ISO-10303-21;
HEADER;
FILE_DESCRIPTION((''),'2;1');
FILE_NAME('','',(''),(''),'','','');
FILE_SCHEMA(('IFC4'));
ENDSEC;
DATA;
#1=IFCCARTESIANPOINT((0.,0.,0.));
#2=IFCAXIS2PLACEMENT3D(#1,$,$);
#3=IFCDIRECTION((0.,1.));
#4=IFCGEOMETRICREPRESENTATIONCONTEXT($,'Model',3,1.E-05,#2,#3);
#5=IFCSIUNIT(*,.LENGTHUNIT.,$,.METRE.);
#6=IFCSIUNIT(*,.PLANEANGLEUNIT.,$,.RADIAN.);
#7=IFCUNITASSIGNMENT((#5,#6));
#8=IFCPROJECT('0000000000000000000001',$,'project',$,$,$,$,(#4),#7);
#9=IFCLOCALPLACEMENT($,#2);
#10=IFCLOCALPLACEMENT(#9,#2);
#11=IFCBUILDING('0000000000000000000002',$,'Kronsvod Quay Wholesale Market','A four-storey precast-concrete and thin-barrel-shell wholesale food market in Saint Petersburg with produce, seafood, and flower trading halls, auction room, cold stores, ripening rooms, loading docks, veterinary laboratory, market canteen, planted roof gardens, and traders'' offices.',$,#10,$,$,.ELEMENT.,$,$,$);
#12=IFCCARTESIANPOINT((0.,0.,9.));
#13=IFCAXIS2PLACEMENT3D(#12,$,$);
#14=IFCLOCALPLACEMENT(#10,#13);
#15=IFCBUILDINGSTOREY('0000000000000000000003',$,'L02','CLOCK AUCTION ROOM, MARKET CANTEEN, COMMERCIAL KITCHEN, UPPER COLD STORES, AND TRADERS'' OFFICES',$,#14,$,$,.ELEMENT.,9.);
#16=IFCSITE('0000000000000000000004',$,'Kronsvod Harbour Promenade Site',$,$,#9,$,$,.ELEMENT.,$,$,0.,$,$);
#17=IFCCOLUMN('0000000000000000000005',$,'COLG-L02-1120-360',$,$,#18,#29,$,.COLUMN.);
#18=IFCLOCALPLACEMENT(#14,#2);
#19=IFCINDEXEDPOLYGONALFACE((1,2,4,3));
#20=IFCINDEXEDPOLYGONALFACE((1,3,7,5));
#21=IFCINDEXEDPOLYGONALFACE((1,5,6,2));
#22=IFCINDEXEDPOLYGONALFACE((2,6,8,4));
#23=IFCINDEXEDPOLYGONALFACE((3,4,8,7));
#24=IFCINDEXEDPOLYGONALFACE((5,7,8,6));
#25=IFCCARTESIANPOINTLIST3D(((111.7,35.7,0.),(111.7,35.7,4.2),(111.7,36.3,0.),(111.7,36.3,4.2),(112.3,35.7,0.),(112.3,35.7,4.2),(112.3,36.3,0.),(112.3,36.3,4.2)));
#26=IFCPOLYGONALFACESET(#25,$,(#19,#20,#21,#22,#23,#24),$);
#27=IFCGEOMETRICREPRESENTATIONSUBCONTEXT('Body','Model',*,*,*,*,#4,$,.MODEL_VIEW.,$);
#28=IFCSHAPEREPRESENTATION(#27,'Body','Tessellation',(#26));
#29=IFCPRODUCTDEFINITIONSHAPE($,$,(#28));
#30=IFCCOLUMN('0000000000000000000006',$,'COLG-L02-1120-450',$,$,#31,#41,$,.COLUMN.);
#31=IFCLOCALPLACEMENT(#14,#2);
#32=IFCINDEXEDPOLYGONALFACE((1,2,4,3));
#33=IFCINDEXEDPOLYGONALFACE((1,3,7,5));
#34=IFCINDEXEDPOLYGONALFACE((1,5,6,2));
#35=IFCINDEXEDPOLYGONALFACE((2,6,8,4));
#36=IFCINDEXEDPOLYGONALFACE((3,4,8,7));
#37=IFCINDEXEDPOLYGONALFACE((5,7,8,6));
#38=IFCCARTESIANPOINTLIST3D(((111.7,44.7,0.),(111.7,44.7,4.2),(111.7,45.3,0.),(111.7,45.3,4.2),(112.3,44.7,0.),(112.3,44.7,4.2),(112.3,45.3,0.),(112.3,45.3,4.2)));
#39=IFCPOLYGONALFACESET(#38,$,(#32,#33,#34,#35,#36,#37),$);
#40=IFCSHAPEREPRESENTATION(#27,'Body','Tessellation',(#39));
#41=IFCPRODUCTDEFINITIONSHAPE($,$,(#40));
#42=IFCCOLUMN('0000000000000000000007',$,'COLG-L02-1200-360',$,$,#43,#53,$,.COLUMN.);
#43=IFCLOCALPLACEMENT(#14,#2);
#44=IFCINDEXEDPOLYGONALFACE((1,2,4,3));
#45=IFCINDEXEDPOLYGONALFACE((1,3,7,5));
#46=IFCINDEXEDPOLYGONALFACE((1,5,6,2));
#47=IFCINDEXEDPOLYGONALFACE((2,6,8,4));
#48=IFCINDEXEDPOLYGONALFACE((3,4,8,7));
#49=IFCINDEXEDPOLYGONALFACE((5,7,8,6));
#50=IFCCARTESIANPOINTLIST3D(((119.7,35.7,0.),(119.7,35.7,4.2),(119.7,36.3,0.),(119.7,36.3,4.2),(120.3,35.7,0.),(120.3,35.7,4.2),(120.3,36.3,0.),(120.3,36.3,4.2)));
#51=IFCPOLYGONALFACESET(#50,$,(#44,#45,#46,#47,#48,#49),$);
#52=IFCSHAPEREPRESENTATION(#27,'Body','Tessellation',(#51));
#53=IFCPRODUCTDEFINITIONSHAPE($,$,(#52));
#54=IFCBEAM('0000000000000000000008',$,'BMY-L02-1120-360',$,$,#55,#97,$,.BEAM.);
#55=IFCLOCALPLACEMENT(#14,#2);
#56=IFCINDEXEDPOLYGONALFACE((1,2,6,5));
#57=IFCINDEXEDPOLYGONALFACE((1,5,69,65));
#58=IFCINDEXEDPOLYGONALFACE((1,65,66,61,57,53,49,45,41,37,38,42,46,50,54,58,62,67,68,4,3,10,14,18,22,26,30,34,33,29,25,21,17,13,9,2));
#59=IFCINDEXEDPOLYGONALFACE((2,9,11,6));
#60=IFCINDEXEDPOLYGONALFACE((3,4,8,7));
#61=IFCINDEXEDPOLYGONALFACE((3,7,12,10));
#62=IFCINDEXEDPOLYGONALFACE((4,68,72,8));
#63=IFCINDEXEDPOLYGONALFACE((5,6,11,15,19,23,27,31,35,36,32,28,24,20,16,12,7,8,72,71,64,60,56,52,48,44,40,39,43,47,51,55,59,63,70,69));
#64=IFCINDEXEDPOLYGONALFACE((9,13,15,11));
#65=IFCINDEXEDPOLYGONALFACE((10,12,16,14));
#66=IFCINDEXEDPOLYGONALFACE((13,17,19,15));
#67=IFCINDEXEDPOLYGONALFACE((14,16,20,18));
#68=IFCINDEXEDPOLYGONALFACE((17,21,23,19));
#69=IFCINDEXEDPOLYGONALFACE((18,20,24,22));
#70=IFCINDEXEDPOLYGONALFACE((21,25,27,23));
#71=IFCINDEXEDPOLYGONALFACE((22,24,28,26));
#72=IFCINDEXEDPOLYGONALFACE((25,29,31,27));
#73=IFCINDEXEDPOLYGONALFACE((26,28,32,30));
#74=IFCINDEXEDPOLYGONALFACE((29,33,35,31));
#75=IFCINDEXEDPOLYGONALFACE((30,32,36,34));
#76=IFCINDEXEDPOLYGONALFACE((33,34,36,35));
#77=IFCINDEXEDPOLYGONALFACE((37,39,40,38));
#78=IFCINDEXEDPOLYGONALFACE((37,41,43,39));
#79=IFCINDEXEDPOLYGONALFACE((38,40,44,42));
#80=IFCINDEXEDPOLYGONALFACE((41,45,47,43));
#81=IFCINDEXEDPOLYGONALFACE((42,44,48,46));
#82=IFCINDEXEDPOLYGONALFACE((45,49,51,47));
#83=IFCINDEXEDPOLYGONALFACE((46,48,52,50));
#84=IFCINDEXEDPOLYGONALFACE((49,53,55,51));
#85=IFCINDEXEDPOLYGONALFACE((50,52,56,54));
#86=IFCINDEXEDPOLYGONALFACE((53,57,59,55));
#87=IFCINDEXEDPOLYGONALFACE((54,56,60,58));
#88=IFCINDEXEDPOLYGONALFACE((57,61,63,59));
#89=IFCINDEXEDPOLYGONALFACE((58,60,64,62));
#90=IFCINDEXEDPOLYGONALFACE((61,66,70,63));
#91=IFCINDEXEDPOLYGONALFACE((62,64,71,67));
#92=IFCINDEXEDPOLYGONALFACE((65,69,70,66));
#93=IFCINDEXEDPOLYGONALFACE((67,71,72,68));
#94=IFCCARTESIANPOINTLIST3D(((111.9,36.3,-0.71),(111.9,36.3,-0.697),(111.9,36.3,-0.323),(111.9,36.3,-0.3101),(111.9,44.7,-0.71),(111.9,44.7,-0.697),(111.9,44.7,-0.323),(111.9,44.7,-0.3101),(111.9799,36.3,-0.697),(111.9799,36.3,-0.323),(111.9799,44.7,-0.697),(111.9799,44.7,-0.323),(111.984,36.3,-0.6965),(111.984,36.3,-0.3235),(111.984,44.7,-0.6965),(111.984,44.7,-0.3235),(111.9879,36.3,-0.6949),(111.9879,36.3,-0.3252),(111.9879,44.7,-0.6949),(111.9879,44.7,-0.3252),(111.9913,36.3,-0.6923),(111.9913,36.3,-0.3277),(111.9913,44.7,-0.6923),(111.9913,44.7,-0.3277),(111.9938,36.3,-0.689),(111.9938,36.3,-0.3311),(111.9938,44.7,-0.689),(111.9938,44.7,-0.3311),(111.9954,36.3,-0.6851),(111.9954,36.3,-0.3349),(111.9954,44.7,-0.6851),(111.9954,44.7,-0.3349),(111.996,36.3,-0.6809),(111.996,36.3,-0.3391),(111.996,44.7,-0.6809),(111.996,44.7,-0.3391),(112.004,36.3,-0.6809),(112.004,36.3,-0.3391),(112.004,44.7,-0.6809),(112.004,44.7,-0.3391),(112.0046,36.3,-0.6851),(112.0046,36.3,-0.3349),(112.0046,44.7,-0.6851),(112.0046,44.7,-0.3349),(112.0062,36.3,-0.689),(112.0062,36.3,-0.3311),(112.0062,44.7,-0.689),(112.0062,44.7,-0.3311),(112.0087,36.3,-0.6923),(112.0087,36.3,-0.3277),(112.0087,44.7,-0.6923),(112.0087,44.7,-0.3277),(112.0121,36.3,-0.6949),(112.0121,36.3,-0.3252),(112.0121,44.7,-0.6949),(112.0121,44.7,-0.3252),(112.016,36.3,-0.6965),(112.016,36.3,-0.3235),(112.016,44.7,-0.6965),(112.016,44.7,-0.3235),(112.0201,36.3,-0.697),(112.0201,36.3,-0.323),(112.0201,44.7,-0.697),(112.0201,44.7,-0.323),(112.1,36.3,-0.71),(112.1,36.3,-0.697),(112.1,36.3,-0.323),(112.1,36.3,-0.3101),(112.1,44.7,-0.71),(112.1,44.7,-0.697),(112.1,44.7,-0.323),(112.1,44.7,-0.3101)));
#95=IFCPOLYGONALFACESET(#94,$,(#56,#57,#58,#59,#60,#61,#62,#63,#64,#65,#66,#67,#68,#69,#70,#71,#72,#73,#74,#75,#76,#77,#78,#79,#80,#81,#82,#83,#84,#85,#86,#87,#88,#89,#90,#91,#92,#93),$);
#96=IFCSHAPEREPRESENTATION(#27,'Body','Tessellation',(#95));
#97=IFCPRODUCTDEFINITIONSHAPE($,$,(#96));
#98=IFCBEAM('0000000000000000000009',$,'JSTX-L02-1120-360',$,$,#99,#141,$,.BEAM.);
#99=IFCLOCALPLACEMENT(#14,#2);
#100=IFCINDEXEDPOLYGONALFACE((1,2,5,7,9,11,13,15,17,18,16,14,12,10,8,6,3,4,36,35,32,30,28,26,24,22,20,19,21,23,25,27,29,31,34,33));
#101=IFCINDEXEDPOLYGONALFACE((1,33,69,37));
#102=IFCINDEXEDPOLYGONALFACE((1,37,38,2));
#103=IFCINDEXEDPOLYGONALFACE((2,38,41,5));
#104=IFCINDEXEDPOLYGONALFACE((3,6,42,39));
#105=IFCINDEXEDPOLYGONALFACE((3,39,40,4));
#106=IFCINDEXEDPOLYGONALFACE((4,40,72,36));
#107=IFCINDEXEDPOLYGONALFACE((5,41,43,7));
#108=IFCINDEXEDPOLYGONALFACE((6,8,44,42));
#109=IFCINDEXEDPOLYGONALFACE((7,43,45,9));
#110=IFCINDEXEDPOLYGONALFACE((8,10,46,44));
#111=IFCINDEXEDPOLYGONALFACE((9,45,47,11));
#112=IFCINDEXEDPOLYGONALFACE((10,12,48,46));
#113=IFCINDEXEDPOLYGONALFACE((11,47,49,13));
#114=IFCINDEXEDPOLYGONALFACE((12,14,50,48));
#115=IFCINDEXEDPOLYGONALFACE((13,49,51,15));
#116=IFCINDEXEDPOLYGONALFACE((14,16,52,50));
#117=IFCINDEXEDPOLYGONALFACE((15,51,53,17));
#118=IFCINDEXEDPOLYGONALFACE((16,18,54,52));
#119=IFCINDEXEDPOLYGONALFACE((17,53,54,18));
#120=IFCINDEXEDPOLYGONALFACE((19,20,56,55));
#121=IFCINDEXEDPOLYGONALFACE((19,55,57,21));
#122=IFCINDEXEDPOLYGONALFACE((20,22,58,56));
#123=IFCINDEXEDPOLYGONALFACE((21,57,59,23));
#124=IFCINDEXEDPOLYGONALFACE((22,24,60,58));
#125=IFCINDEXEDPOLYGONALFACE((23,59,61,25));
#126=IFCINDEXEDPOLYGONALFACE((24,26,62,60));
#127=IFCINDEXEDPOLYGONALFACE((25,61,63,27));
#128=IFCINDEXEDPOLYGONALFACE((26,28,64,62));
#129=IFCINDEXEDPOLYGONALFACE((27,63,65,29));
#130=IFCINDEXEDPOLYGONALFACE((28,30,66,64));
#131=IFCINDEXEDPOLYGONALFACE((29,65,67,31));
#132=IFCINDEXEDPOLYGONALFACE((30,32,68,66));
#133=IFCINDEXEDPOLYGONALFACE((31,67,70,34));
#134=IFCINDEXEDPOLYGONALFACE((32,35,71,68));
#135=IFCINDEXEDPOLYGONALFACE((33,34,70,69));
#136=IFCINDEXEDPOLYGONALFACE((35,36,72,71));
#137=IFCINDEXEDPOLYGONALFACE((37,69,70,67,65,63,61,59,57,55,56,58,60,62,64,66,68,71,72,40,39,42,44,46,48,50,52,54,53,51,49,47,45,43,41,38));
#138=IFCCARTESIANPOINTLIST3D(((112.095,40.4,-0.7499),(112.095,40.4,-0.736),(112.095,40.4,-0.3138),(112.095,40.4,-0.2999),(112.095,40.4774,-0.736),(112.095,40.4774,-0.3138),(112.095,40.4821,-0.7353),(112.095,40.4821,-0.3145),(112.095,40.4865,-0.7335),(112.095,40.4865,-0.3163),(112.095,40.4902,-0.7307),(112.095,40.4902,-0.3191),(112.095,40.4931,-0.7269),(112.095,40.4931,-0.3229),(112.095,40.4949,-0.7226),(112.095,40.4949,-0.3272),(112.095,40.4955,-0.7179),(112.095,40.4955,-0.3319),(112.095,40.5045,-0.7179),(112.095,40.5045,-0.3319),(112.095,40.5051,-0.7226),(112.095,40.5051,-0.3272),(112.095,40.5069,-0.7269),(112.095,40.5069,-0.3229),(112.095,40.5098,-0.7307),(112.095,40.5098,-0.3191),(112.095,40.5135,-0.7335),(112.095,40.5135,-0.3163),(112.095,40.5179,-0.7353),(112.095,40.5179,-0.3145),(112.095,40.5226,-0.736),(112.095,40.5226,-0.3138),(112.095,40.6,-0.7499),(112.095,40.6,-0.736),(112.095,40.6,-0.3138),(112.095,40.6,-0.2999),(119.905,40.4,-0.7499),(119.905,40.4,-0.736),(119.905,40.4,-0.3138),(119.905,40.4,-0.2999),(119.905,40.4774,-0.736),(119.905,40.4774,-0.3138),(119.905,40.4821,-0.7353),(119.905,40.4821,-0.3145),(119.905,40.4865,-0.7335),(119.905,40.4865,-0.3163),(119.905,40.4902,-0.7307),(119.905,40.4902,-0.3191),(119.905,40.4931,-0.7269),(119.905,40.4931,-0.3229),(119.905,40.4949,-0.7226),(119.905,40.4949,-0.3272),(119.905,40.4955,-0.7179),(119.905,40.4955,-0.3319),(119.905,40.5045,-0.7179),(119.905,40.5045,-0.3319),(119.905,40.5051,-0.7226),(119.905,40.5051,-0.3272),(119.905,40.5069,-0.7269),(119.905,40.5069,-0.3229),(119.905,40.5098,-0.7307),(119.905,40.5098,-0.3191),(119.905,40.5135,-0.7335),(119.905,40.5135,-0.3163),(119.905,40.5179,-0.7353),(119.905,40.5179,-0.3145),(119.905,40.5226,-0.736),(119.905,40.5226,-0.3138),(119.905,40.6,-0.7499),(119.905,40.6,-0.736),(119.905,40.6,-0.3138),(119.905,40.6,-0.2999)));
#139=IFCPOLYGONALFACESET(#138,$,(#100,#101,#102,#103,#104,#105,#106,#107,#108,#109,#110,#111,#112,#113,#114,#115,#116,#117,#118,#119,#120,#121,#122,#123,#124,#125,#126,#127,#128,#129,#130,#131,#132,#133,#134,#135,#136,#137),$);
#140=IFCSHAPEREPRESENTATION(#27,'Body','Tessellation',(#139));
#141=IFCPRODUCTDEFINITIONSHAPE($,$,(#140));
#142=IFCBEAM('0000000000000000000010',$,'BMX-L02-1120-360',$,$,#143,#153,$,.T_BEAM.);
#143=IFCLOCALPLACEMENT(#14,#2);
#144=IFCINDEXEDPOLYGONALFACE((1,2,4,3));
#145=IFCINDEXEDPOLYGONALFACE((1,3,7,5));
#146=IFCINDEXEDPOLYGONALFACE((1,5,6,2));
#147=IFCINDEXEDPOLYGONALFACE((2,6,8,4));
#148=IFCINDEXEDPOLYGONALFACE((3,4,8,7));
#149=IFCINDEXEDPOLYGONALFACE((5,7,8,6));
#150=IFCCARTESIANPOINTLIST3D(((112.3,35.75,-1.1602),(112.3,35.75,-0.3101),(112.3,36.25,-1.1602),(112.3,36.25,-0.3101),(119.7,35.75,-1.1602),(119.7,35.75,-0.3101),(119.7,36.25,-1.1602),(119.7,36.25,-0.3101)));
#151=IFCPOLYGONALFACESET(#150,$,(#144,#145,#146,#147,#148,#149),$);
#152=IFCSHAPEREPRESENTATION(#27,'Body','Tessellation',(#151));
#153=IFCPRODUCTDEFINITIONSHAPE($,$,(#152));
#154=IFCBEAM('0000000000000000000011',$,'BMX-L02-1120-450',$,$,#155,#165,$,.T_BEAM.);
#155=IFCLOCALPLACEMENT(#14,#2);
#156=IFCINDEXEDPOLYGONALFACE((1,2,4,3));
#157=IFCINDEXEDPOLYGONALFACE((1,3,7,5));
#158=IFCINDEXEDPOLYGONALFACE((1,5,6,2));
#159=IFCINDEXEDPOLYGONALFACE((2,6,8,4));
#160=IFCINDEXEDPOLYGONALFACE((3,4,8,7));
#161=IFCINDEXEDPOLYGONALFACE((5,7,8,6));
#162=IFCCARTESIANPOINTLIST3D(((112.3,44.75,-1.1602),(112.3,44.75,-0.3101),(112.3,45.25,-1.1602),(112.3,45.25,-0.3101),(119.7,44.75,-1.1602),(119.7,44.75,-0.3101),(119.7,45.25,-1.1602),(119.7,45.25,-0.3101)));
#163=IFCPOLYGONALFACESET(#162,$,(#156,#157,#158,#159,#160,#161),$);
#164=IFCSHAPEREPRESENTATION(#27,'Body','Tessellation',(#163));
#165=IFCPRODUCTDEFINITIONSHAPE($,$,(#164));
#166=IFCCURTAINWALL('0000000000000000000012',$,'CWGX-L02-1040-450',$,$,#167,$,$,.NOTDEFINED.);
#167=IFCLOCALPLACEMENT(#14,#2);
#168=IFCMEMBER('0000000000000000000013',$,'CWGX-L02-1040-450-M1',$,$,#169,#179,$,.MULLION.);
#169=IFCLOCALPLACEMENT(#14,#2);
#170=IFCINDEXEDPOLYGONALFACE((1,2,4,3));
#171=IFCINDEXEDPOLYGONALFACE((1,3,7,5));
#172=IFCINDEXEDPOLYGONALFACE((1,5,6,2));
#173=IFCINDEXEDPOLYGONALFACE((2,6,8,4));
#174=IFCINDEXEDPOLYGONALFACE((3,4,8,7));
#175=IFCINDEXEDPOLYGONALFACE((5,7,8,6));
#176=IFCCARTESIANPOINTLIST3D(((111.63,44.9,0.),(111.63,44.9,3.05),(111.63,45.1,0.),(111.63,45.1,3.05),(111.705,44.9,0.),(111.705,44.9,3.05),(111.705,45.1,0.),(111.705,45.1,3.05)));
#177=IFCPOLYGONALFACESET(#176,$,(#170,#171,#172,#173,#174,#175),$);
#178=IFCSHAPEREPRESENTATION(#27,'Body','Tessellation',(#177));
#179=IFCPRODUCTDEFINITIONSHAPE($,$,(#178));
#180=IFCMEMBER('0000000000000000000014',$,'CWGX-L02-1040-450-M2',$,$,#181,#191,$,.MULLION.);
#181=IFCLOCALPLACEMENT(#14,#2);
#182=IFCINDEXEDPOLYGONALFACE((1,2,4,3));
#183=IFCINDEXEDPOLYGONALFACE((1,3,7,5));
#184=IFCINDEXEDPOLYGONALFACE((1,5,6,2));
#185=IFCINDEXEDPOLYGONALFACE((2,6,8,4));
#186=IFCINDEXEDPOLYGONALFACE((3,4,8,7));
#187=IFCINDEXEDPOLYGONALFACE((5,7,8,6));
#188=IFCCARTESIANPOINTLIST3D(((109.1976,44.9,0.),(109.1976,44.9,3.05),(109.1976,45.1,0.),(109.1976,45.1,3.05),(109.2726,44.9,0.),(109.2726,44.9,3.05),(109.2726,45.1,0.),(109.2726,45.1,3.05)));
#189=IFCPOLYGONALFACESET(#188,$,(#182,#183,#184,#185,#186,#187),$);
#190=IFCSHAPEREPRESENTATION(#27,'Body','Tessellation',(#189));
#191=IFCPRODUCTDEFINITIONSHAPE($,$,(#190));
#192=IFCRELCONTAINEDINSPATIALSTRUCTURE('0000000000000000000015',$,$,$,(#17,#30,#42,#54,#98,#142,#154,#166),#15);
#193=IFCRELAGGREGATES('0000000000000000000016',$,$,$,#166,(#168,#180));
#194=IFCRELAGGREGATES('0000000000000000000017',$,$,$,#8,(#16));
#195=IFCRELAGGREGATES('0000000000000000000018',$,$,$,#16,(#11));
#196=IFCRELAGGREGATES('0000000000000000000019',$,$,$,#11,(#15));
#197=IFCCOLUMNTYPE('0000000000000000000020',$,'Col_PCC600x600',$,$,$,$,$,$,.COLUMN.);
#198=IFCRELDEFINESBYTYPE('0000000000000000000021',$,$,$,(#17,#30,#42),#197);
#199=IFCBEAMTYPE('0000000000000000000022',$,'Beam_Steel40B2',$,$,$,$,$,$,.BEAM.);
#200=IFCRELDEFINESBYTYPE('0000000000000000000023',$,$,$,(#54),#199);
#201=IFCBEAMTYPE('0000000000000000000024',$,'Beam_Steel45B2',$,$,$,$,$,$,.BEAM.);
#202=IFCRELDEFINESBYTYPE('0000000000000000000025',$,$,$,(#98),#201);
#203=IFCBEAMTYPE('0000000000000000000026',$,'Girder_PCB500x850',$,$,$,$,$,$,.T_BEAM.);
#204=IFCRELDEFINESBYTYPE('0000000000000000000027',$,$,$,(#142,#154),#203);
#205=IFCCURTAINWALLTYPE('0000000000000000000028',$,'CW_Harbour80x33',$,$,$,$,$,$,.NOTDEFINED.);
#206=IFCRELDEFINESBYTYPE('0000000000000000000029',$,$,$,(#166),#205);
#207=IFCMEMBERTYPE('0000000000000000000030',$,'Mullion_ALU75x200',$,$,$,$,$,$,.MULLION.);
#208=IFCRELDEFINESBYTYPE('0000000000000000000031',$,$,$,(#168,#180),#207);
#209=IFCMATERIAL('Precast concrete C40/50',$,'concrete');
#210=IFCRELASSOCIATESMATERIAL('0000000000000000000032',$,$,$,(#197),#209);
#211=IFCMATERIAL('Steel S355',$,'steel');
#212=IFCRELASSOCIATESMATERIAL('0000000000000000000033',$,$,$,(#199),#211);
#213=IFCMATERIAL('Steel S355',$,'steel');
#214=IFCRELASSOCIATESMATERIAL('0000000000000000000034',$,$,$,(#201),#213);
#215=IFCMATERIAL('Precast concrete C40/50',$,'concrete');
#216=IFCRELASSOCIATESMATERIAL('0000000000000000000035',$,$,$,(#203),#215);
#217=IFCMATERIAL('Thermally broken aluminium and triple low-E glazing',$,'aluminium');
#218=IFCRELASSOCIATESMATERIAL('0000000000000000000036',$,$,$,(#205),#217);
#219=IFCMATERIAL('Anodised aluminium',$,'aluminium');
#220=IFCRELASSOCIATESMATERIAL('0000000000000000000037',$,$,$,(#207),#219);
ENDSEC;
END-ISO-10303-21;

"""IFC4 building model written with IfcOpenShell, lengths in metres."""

from ifc_helpers import new_model, si_unit, direction, frame, origin, origin_2d, place, context, subcontext, project, spatial, rectangle, i_section, extrude, material, material_profile, profile_set, type_object, element, aggregate, save


model = new_model("IFC4")

# Units and contexts
model_context = context("Model", 3, precision=1e-05, world=origin(), true_north=direction((0.0, 1.0)))
body_context = subcontext(model_context, "Body", "Model", "MODEL_VIEW")
ifc_project = project(units=[si_unit("LENGTHUNIT", "METRE"), si_unit("PLANEANGLEUNIT", "RADIAN")], contexts=[model_context])

# Site, building, storey
site_placement = place(None, origin())
site = spatial("IfcSite", under=ifc_project, at=site_placement, Name="Kronsvod Harbour Promenade Site", CompositionType="ELEMENT", RefElevation=0.0)
building_placement = place(site_placement, origin())
building = spatial("IfcBuilding", under=site, at=building_placement, Name="Kronsvod Quay Wholesale Market", Description="A four-storey precast-concrete and thin-barrel-shell wholesale food market in Saint Petersburg with produce, seafood, and flower trading halls, auction room, cold stores, ripening rooms, loading docks, veterinary laboratory, market canteen, planted roof gardens, and traders' offices.", CompositionType="ELEMENT")
storey_placement = place(building_placement, frame((0.0, 0.0, 9.0)))
storey = spatial("IfcBuildingStorey", under=building, at=storey_placement, Name="L02", Description="CLOCK AUCTION ROOM, MARKET CANTEEN, COMMERCIAL KITCHEN, UPPER COLD STORES, AND TRADERS' OFFICES", CompositionType="ELEMENT", Elevation=9.0)

# Columns
ifc_material_1 = material(Name="Precast concrete C40/50", Category="concrete")
ifc_material_profile_1 = material_profile(ifc_material_1, rectangle(XDim=0.6001, YDim=0.6001, at=origin_2d()), Name="PCC600x600")
ifc_profile_set_1 = profile_set([ifc_material_profile_1], Name="Precast concrete C40/50")
column_type = type_object("IfcColumnType", Name="Col_PCC600x600", PredefinedType="COLUMN", material=ifc_profile_set_1)
for number, where, z_axis, x_axis, name in (
    (1, (112.0, 36.0, 0.0), (0.0, 0.0, 1.0), (1.0, 0.0, 0.0), "COLG-L02-1120-360"),
    (2, (112.0, 45.0, 0.0), (0.0, 0.0, 1.0), (1.0, 0.0, 0.0), "COLG-L02-1120-450"),
    (3, (120.0, 36.0, 0.0), (0.0, 0.0, 1.0), (1.0, 0.0, 0.0), "COLG-L02-1200-360"),
):
    element("IfcColumn", number, at=place(storey_placement, frame(where, z_axis=z_axis, x_axis=x_axis)), inside=storey, type_object=column_type, Name=name, PredefinedType="COLUMN", context=body_context, shape_type="SweptSolid", body=[
        extrude(rectangle(XDim=0.6001, YDim=0.6001, at=origin_2d()), origin(), (0.0, 0.0, 1.0), 4.2),
    ])

# Beams
ifc_material_2 = material(Name="Steel S355", Category="steel")
ifc_material_profile_2 = material_profile(ifc_material_2, i_section(OverallWidth=0.2, OverallDepth=0.3999, WebThickness=0.0081, FlangeThickness=0.0129, FilletRadius=0.0161, at=origin_2d()), Name="40B2")
ifc_profile_set_2 = profile_set([ifc_material_profile_2], Name="Steel S355")
beam_type_1 = type_object("IfcBeamType", Name="Beam_Steel40B2", PredefinedType="BEAM", material=ifc_profile_set_2)
beam_1_placement = place(storey_placement, frame((112.0, 36.3, -0.51), z_axis=(0.0, 1.0, 0.0), x_axis=(-1.0, 0.0, 0.0)))
element("IfcBeam", 4, at=beam_1_placement, inside=storey, type_object=beam_type_1, Name="BMY-L02-1120-360", PredefinedType="BEAM", context=body_context, shape_type="SweptSolid", body=[
    extrude(i_section(OverallWidth=0.2, OverallDepth=0.3999, WebThickness=0.0081, FlangeThickness=0.0129, FilletRadius=0.0161, at=origin_2d()), origin(), (0.0, 0.0, 1.0), 8.3999),
])
ifc_material_3 = material(Name="Steel S355", Category="steel")
ifc_material_profile_3 = material_profile(ifc_material_3, i_section(OverallWidth=0.2, OverallDepth=0.45, WebThickness=0.009, FlangeThickness=0.0139, FilletRadius=0.0181, at=origin_2d()), Name="45B2")
ifc_profile_set_3 = profile_set([ifc_material_profile_3], Name="Steel S355")
beam_type_2 = type_object("IfcBeamType", Name="Beam_Steel45B2", PredefinedType="BEAM", material=ifc_profile_set_3)
beam_2_placement = place(storey_placement, frame((112.095, 40.5, -0.5249), z_axis=(1.0, 0.0, 0.0), x_axis=(0.0, 1.0, 0.0)))
element("IfcBeam", 5, at=beam_2_placement, inside=storey, type_object=beam_type_2, Name="JSTX-L02-1120-360", PredefinedType="BEAM", context=body_context, shape_type="SweptSolid", body=[
    extrude(i_section(OverallWidth=0.2, OverallDepth=0.45, WebThickness=0.009, FlangeThickness=0.0139, FilletRadius=0.0181, at=origin_2d()), origin(), (0.0, 0.0, 1.0), 7.8101),
])
ifc_material_4 = material(Name="Precast concrete C40/50", Category="concrete")
ifc_material_profile_4 = material_profile(ifc_material_4, rectangle(XDim=0.5, YDim=0.8501, at=origin_2d()), Name="PCB500x850")
ifc_profile_set_4 = profile_set([ifc_material_profile_4], Name="Precast concrete C40/50")
beam_type_3 = type_object("IfcBeamType", Name="Girder_PCB500x850", PredefinedType="T_BEAM", material=ifc_profile_set_4)
for number, where, z_axis, x_axis, name in (
    (6, (112.3, 36.0, -0.7351), (1.0, 0.0, 0.0), (0.0, 1.0, 0.0), "BMX-L02-1120-360"),
    (7, (112.3, 45.0, -0.7351), (1.0, 0.0, 0.0), (0.0, 1.0, 0.0), "BMX-L02-1120-450"),
):
    element("IfcBeam", number, at=place(storey_placement, frame(where, z_axis=z_axis, x_axis=x_axis)), inside=storey, type_object=beam_type_3, Name=name, PredefinedType="T_BEAM", context=body_context, shape_type="SweptSolid", body=[
        extrude(rectangle(XDim=0.5, YDim=0.8501, at=origin_2d()), origin(), (0.0, 0.0, 1.0), 7.3999),
    ])

# Curtain wall, members
ifc_material_5 = material(Name="Thermally broken aluminium and triple low-E glazing", Category="aluminium")
curtain_wall_type = type_object("IfcCurtainWallType", Name="CW_Harbour80x33", PredefinedType="NOTDEFINED", material=ifc_material_5)
curtain_wall_1_placement = place(storey_placement, origin())
curtain_wall_1 = element("IfcCurtainWall", 8, at=curtain_wall_1_placement, inside=storey, type_object=curtain_wall_type, Name="CWGX-L02-1040-450", PredefinedType="NOTDEFINED")
ifc_material_6 = material(Name="Anodised aluminium", Category="aluminium")
ifc_material_profile_5 = material_profile(ifc_material_6, rectangle(XDim=0.075, YDim=0.2, at=origin_2d()), Name="ALUM75x200")
ifc_profile_set_5 = profile_set([ifc_material_profile_5], Name="Anodised aluminium")
member_type_1 = type_object("IfcMemberType", Name="Mullion_ALU75x200", PredefinedType="MULLION", material=ifc_profile_set_5)
member_1_placement = place(storey_placement, frame((111.6675, 45.0, 0.0), z_axis=(0.0, 0.0, 1.0), x_axis=(1.0, 0.0, 0.0)))
member_1 = element("IfcMember", 9, at=member_1_placement, type_object=member_type_1, Name="CWGX-L02-1040-450-M1", PredefinedType="MULLION", context=body_context, shape_type="SweptSolid", body=[
    extrude(rectangle(XDim=0.075, YDim=0.2, at=origin_2d()), origin(), (0.0, 0.0, 1.0), 3.05),
])
member_2_placement = place(storey_placement, frame((109.2351, 45.0, 0.0), z_axis=(0.0, 0.0, 1.0), x_axis=(1.0, 0.0, 0.0)))
member_2 = element("IfcMember", 10, at=member_2_placement, type_object=member_type_1, Name="CWGX-L02-1040-450-M2", PredefinedType="MULLION", context=body_context, shape_type="SweptSolid", body=[
    extrude(rectangle(XDim=0.075, YDim=0.2, at=origin_2d()), origin(), (0.0, 0.0, 1.0), 3.05),
])

aggregate(curtain_wall_1, [member_1, member_2])

save(model, "model.ifc")
